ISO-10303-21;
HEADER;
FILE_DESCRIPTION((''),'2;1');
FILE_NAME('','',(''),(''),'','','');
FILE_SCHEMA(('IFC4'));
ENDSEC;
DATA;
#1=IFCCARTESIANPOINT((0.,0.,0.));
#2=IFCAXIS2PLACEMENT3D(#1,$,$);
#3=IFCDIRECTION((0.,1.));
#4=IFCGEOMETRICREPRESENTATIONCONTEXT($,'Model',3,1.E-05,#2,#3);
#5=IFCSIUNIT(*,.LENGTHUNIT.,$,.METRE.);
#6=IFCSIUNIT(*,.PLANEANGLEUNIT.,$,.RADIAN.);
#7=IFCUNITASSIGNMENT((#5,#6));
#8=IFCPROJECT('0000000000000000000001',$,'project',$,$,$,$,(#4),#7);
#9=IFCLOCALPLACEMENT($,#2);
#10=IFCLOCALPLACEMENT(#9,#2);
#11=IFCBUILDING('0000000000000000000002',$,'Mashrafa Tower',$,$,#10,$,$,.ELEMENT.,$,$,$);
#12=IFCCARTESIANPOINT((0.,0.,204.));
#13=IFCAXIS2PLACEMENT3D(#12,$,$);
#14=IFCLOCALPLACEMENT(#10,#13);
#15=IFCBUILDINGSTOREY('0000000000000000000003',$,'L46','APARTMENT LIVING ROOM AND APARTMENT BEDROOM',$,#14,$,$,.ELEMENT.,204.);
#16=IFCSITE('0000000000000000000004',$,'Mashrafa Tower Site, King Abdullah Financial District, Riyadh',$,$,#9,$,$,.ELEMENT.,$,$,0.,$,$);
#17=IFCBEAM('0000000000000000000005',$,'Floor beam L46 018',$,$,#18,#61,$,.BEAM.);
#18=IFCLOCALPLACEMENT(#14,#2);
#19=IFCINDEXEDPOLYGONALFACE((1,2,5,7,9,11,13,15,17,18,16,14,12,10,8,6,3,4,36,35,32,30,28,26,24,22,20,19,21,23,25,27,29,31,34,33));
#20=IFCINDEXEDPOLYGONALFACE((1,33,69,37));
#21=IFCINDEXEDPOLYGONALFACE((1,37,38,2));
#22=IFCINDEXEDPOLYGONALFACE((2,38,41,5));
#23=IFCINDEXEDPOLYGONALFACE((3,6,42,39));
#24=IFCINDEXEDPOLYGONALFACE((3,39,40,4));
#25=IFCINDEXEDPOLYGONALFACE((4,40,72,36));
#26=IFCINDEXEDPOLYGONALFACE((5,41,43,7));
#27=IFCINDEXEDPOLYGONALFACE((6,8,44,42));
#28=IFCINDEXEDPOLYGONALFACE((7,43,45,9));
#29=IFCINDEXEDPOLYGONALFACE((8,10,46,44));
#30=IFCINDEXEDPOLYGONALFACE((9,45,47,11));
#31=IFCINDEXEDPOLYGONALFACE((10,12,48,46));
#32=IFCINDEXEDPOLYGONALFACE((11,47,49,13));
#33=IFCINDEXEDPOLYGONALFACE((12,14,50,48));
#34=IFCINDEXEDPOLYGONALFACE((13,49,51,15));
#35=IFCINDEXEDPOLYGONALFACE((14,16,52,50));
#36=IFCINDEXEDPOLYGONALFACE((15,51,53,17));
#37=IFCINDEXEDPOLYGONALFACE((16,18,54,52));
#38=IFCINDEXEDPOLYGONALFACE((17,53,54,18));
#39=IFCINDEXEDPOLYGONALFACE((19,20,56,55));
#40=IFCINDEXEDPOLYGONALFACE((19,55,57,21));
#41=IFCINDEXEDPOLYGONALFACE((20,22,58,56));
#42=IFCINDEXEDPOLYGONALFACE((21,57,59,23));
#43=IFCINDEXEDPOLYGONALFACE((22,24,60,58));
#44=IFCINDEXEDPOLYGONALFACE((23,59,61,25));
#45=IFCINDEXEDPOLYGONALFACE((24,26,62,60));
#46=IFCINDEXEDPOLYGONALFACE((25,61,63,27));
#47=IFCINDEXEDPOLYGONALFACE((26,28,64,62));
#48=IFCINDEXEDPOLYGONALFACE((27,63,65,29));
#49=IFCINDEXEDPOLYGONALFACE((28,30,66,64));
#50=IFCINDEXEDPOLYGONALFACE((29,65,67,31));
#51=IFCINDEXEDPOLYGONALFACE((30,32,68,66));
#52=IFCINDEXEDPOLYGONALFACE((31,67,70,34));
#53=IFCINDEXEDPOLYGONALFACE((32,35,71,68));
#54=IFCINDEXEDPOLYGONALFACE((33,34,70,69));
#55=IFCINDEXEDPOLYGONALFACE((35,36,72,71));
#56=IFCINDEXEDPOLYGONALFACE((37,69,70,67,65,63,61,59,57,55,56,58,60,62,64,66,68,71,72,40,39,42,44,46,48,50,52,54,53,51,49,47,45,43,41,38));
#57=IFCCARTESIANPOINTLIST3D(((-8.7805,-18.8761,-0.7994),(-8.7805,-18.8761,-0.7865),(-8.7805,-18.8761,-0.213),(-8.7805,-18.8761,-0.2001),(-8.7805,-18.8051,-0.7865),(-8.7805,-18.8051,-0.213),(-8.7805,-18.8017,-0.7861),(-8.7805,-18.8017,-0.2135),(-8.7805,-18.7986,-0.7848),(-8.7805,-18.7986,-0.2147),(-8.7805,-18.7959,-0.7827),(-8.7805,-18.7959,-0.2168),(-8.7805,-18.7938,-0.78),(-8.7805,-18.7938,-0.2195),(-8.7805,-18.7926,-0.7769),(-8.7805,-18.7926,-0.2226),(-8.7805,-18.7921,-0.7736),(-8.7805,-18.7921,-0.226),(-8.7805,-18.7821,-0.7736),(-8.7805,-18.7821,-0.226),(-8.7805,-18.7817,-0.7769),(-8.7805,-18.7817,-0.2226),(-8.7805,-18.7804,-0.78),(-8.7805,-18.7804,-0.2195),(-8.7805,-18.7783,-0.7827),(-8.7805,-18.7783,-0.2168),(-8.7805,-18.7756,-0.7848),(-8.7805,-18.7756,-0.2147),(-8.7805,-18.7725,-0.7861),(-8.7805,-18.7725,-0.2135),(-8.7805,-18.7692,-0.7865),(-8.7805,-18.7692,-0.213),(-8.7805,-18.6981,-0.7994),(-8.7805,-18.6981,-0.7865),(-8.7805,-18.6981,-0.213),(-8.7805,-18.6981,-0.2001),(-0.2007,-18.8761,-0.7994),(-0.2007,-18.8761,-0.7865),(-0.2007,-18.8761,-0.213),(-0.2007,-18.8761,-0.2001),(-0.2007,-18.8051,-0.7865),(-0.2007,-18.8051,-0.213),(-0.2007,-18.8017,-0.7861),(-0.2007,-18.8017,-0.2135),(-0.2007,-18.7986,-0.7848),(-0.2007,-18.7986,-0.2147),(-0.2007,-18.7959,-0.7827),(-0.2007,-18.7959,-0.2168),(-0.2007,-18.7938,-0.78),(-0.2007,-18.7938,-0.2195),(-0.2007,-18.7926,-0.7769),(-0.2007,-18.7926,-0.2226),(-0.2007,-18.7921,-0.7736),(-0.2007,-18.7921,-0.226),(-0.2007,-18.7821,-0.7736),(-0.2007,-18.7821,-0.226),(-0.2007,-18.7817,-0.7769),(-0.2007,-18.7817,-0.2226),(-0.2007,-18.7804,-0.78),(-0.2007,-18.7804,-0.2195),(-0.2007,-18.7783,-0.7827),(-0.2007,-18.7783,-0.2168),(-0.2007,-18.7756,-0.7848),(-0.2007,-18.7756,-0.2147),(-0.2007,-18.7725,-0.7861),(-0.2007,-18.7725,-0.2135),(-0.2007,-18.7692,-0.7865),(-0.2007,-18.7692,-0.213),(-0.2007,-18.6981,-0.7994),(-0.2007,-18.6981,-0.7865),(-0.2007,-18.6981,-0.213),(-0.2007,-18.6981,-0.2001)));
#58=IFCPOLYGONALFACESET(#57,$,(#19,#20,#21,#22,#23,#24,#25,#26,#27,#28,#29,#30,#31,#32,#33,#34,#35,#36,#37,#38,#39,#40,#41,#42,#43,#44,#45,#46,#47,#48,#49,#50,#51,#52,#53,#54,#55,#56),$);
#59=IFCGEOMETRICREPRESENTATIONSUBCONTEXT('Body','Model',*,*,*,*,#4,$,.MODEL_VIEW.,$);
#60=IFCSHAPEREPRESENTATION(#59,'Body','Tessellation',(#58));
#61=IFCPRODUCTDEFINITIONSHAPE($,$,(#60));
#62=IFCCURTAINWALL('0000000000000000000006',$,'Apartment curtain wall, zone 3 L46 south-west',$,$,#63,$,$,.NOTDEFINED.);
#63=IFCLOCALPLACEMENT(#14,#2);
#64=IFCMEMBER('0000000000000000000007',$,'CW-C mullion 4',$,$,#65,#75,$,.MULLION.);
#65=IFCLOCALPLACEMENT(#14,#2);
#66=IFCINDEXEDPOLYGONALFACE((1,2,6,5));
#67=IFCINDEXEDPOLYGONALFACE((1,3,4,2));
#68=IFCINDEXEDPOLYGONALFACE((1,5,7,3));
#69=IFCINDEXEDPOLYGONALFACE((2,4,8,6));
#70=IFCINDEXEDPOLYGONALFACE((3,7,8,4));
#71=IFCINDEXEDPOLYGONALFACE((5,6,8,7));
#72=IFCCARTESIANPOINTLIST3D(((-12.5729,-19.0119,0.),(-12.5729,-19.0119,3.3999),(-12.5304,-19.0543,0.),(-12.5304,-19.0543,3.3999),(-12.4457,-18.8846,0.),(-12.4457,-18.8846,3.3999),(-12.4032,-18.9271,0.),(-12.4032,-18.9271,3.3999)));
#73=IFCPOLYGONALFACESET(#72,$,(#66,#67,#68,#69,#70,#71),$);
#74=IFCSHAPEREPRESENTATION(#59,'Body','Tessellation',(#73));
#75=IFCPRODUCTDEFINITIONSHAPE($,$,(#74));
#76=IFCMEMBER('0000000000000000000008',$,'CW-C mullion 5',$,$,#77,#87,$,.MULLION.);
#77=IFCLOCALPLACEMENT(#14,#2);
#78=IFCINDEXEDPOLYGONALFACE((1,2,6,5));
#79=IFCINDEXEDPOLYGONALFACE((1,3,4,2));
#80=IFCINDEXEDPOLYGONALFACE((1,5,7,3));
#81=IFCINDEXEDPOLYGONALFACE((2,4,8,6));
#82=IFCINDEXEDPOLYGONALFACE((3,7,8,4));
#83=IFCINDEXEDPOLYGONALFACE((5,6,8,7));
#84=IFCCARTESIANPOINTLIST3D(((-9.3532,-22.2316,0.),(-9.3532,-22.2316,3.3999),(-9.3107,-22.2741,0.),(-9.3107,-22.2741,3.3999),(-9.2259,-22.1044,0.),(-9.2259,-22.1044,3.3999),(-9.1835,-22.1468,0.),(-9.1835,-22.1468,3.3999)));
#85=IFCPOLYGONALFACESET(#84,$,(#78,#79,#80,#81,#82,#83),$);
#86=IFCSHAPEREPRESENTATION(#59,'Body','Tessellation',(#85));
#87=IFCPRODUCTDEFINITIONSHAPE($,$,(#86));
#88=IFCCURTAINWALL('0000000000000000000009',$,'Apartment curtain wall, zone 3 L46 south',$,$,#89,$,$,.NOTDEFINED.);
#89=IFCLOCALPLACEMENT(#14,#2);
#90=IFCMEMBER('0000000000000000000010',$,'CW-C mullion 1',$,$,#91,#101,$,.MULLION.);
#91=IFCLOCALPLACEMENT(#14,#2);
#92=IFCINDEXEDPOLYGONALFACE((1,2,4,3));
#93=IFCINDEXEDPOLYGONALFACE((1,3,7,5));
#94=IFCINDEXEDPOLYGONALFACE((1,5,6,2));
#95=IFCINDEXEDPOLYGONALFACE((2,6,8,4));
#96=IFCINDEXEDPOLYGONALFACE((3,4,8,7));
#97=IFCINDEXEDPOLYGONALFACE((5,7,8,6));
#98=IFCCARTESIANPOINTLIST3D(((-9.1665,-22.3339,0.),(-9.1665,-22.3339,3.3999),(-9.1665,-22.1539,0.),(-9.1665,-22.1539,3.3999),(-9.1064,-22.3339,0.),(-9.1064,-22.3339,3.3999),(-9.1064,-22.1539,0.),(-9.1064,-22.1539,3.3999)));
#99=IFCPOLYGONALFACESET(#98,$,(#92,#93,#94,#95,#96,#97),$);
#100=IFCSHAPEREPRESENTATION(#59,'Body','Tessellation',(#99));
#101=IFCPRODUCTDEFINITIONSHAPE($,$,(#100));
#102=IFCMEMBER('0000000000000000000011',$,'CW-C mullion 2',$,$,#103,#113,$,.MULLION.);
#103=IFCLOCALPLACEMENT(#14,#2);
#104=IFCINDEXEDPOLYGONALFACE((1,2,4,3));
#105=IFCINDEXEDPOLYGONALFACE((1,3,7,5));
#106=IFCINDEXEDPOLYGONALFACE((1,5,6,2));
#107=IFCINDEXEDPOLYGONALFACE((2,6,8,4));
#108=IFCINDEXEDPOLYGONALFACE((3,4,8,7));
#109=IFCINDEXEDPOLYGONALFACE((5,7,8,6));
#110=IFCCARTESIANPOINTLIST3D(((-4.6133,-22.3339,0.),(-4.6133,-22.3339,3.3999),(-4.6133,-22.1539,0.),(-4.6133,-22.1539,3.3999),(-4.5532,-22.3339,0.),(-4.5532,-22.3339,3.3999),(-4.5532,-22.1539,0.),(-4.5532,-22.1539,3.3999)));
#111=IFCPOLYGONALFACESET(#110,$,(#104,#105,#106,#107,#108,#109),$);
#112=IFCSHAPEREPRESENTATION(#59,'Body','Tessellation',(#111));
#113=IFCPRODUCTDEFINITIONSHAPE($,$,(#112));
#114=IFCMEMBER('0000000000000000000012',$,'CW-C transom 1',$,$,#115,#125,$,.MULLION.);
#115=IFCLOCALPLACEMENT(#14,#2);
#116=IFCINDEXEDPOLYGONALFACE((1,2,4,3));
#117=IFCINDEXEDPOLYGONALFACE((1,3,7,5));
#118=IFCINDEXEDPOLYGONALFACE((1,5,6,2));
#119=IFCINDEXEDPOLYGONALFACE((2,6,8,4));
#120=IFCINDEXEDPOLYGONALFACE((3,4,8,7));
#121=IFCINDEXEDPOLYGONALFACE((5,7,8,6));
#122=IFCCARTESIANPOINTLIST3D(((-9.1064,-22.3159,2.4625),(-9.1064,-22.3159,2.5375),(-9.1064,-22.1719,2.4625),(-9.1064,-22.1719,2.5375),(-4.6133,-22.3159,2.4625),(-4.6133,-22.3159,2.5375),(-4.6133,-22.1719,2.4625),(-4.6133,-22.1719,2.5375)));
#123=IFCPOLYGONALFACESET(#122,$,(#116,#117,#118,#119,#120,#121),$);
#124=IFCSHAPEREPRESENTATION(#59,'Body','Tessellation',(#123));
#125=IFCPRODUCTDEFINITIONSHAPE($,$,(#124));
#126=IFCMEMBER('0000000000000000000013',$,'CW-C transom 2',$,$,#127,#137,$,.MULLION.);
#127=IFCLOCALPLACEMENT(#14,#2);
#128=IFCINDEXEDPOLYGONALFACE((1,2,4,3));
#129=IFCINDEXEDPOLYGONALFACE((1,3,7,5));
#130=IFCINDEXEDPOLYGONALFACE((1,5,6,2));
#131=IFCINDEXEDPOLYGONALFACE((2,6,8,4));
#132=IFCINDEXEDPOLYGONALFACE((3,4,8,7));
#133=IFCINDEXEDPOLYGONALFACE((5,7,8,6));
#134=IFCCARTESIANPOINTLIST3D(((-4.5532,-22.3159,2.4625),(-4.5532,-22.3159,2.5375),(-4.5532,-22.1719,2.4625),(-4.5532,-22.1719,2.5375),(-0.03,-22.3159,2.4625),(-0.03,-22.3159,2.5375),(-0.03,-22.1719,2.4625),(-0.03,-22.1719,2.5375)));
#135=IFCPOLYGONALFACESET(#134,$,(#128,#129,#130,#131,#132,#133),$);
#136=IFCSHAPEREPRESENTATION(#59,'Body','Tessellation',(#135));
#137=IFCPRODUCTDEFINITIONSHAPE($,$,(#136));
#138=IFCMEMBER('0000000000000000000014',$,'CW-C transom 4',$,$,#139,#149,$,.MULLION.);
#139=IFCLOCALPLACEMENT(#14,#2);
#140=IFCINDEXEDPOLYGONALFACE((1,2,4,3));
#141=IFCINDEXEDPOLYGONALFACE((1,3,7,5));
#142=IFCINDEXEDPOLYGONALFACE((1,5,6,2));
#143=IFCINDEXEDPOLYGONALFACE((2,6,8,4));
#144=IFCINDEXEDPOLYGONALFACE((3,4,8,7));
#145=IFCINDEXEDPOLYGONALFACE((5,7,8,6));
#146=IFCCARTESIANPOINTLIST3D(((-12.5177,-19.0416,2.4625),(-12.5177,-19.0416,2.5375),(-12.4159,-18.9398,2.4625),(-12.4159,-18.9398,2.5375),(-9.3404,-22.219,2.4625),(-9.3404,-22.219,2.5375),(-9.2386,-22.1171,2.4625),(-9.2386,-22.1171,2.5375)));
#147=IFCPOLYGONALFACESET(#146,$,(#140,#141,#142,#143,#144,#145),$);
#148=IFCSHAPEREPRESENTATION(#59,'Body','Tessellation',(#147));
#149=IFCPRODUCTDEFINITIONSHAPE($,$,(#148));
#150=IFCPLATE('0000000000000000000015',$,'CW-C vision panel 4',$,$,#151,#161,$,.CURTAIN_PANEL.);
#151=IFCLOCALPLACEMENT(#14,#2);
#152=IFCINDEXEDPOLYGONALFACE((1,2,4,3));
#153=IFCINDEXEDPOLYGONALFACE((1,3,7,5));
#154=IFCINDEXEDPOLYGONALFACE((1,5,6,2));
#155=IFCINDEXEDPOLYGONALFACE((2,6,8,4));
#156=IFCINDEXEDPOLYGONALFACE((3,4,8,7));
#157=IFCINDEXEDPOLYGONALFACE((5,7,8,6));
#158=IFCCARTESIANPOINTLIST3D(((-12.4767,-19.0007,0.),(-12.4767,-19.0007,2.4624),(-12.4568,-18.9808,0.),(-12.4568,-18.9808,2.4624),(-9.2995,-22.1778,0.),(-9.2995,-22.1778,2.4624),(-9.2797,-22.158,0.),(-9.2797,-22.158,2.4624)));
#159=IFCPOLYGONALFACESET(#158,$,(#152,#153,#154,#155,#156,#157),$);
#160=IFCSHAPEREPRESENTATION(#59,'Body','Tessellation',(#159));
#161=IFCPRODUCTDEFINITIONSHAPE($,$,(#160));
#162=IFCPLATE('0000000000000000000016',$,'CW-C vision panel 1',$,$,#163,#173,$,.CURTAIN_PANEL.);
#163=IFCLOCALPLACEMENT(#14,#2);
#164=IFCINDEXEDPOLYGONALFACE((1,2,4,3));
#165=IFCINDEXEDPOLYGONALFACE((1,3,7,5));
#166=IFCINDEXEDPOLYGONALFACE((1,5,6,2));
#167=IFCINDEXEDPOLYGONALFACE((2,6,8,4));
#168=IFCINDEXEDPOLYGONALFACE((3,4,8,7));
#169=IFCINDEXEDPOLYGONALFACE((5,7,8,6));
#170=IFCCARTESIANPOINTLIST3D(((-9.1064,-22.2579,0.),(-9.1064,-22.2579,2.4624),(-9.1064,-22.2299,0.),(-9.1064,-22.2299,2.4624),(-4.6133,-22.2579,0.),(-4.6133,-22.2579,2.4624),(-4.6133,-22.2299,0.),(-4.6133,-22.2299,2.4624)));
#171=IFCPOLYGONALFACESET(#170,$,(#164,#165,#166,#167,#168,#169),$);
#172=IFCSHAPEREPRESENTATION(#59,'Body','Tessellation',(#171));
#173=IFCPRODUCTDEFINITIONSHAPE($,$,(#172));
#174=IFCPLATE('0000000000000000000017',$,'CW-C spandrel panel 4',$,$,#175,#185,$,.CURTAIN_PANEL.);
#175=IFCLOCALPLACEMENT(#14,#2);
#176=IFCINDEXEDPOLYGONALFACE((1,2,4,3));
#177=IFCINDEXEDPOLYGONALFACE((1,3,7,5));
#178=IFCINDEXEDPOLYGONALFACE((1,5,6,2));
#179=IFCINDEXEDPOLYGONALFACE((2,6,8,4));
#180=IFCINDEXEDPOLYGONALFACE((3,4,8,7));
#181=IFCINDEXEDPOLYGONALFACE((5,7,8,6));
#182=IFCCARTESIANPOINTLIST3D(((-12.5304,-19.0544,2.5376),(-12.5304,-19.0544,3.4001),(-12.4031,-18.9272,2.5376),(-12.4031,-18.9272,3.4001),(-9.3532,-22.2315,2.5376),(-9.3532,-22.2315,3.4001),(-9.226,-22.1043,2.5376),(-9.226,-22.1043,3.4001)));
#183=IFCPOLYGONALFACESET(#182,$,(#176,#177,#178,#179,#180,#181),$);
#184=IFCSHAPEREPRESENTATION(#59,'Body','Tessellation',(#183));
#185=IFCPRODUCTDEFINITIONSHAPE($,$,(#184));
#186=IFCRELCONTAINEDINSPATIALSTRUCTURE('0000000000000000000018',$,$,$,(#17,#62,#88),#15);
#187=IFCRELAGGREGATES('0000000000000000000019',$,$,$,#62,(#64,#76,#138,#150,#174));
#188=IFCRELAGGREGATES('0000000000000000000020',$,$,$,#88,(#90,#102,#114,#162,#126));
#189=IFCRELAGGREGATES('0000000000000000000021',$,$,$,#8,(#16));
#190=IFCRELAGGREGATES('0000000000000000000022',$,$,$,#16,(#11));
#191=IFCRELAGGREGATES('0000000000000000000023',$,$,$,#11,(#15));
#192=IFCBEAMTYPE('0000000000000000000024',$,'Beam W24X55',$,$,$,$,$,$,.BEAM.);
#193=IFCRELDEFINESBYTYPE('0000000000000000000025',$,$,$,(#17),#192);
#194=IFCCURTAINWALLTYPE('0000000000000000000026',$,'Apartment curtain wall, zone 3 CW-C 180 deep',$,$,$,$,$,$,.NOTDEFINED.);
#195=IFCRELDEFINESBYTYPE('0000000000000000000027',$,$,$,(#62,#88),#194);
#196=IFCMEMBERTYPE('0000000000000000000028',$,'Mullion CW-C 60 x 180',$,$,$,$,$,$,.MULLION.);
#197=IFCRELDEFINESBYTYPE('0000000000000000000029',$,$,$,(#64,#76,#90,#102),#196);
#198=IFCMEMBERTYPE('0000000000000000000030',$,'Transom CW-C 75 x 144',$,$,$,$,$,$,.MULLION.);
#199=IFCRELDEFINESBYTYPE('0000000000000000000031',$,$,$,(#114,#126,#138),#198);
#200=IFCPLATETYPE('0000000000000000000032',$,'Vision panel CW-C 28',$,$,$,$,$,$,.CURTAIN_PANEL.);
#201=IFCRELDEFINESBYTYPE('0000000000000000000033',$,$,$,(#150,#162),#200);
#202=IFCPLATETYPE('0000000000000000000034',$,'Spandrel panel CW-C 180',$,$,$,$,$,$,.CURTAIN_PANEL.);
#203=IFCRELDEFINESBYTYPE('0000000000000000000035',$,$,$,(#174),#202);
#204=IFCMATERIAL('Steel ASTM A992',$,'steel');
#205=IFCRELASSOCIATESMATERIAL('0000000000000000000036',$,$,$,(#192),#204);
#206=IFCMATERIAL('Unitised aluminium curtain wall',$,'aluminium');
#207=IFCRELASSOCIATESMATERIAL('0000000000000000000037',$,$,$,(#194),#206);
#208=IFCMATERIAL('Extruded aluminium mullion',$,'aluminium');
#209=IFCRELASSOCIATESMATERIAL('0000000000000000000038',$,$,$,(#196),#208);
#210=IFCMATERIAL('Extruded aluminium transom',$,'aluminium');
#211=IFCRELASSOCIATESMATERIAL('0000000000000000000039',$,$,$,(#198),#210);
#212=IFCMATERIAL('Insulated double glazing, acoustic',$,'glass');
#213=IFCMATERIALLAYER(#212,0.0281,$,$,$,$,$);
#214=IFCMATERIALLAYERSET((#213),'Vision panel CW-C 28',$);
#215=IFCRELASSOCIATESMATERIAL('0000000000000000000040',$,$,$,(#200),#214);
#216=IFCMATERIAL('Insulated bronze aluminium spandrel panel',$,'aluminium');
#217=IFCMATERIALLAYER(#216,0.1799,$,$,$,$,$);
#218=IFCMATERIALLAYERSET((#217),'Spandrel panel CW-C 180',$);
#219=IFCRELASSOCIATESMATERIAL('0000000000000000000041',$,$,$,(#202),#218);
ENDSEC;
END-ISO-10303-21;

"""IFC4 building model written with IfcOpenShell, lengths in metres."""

from ifc_helpers import new_model, si_unit, direction, frame, origin, origin_2d, place, context, subcontext, project, spatial, rectangle, i_section, extrude, source, transform, mapped, material, layer, layer_set, material_profile, profile_set, type_object, type_shapes, element, aggregate, save


model = new_model("IFC4")

# Units and contexts
model_context = context("Model", 3, precision=1e-05, world=origin(), true_north=direction((0.0, 1.0)))
body_context = subcontext(model_context, "Body", "Model", "MODEL_VIEW")
ifc_project = project(units=[si_unit("LENGTHUNIT", "METRE"), si_unit("PLANEANGLEUNIT", "RADIAN")], contexts=[model_context])

# Site, building, storey
site_placement = place(None, origin())
site = spatial("IfcSite", under=ifc_project, at=site_placement, Name="Mashrafa Tower Site, King Abdullah Financial District, Riyadh", CompositionType="ELEMENT", RefElevation=0.0)
building_placement = place(site_placement, origin())
building = spatial("IfcBuilding", under=site, at=building_placement, Name="Mashrafa Tower", CompositionType="ELEMENT")
storey_placement = place(building_placement, frame((0.0, 0.0, 204.0)))
storey = spatial("IfcBuildingStorey", under=building, at=storey_placement, Name="L46", Description="APARTMENT LIVING ROOM AND APARTMENT BEDROOM", CompositionType="ELEMENT", Elevation=204.0)

# Beam
ifc_material_1 = material(Name="Steel ASTM A992", Category="steel")
ifc_material_profile_1 = material_profile(ifc_material_1, i_section(OverallWidth=0.178, OverallDepth=0.5994, WebThickness=0.01, FlangeThickness=0.0129, FilletRadius=0.0129, at=origin_2d()), Name="W24X55")
ifc_profile_set_1 = profile_set([ifc_material_profile_1], Name="Steel ASTM A992")
beam_type_1 = type_object("IfcBeamType", Name="Beam W24X55", PredefinedType="BEAM", material=ifc_profile_set_1)
beam_1_placement = place(storey_placement, frame((-0.2007, -18.7871, -0.4998), z_axis=(-1.0, 0.0, 0.0), x_axis=(0.0, -1.0, 0.0)))
element("IfcBeam", 1, at=beam_1_placement, inside=storey, type_object=beam_type_1, Name="Floor beam L46 018", PredefinedType="BEAM", context=body_context, shape_type="SweptSolid", body=[
    extrude(i_section(OverallWidth=0.178, OverallDepth=0.5994, WebThickness=0.01, FlangeThickness=0.0129, FilletRadius=0.0129, at=origin_2d()), origin(), (0.0, 0.0, 1.0), 8.5798),
])

# Curtain walls, members
ifc_material_2 = material(Name="Unitised aluminium curtain wall", Category="aluminium")
curtain_wall_type = type_object("IfcCurtainWallType", Name="Apartment curtain wall, zone 3 CW-C 180 deep", PredefinedType="NOTDEFINED", material=ifc_material_2)
curtain_wall_1_placement = place(storey_placement, origin())
curtain_wall_1 = element("IfcCurtainWall", 2, at=curtain_wall_1_placement, inside=storey, type_object=curtain_wall_type, Name="Apartment curtain wall, zone 3 L46 south-west", PredefinedType="NOTDEFINED")
ifc_material_3 = material(Name="Extruded aluminium mullion", Category="aluminium")
ifc_material_profile_2 = material_profile(ifc_material_3, rectangle(XDim=0.1799, YDim=0.0601, at=origin_2d()), Name="Mullion 60x180")
ifc_profile_set_2 = profile_set([ifc_material_profile_2], Name="Extruded aluminium mullion")
member_type_1 = type_object("IfcMemberType", Name="Mullion CW-C 60 x 180", PredefinedType="MULLION", material=ifc_profile_set_2)
shared_shape_1 = source(origin(), body_context, "Body", "SweptSolid", [
    extrude(rectangle(XDim=0.1799, YDim=0.0601, at=origin_2d()), origin(), (0.0, 0.0, 1.0), 3.3999),
])
type_shapes(member_type_1, [shared_shape_1])
member_1_placement = place(storey_placement, frame((-12.488, -18.9695, 0.0), z_axis=(0.0, 0.0, 1.0), x_axis=(0.707107, 0.707107, 0.0)))
member_1 = element("IfcMember", 3, at=member_1_placement, type_object=member_type_1, Name="CW-C mullion 4", PredefinedType="MULLION", context=body_context, shape_type="MappedRepresentation", body=[
    mapped(shared_shape_1, transform((0.0, 0.0, 0.0))),
])
member_2_placement = place(storey_placement, frame((-9.2683, -22.1892, 0.0), z_axis=(0.0, 0.0, 1.0), x_axis=(0.707107, 0.707107, 0.0)))
member_2 = element("IfcMember", 4, at=member_2_placement, type_object=member_type_1, Name="CW-C mullion 5", PredefinedType="MULLION", context=body_context, shape_type="MappedRepresentation", body=[
    mapped(shared_shape_1, transform((0.0, 0.0, 0.0))),
])
curtain_wall_2_placement = place(storey_placement, origin())
curtain_wall_2 = element("IfcCurtainWall", 5, at=curtain_wall_2_placement, inside=storey, type_object=curtain_wall_type, Name="Apartment curtain wall, zone 3 L46 south", PredefinedType="NOTDEFINED")
member_3_placement = place(storey_placement, frame((-9.1365, -22.2439, 0.0), z_axis=(0.0, 0.0, 1.0), x_axis=(0.0, 1.0, 0.0)))
member_3 = element("IfcMember", 6, at=member_3_placement, type_object=member_type_1, Name="CW-C mullion 1", PredefinedType="MULLION", context=body_context, shape_type="MappedRepresentation", body=[
    mapped(shared_shape_1, transform((0.0, 0.0, 0.0))),
])
member_4_placement = place(storey_placement, frame((-4.5833, -22.2439, 0.0), z_axis=(0.0, 0.0, 1.0), x_axis=(0.0, 1.0, 0.0)))
member_4 = element("IfcMember", 7, at=member_4_placement, type_object=member_type_1, Name="CW-C mullion 2", PredefinedType="MULLION", context=body_context, shape_type="MappedRepresentation", body=[
    mapped(shared_shape_1, transform((0.0, 0.0, 0.0))),
])
ifc_material_4 = material(Name="Extruded aluminium transom", Category="aluminium")
ifc_material_profile_3 = material_profile(ifc_material_4, rectangle(XDim=0.144, YDim=0.075, at=origin_2d()), Name="Transom 75x144")
ifc_profile_set_3 = profile_set([ifc_material_profile_3], Name="Extruded aluminium transom")
member_type_2 = type_object("IfcMemberType", Name="Transom CW-C 75 x 144", PredefinedType="MULLION", material=ifc_profile_set_3)
shared_shape_2 = source(origin(), body_context, "Body", "SweptSolid", [
    extrude(rectangle(XDim=0.144, YDim=0.075, at=origin_2d()), origin(), (0.0, 0.0, 1.0), 4.4932),
])
member_5_placement = place(storey_placement, frame((-9.1064, -22.2439, 2.5), z_axis=(1.0, 0.0, 0.0), x_axis=(0.0, 1.0, 0.0)))
member_5 = element("IfcMember", 8, at=member_5_placement, type_object=member_type_2, Name="CW-C transom 1", PredefinedType="MULLION", context=body_context, shape_type="MappedRepresentation", body=[
    mapped(shared_shape_2, transform((0.0, 0.0, 0.0))),
])
shared_shape_3 = source(origin(), body_context, "Body", "SweptSolid", [
    extrude(rectangle(XDim=0.144, YDim=0.075, at=origin_2d()), origin(), (0.0, 0.0, 1.0), 4.5232),
])
member_6_placement = place(storey_placement, frame((-4.5532, -22.2439, 2.5), z_axis=(1.0, 0.0, 0.0), x_axis=(0.0, 1.0, 0.0)))
member_6 = element("IfcMember", 9, at=member_6_placement, type_object=member_type_2, Name="CW-C transom 2", PredefinedType="MULLION", context=body_context, shape_type="MappedRepresentation", body=[
    mapped(shared_shape_3, transform((0.0, 0.0, 0.0))),
])

# Member
shared_shape_4 = source(origin(), body_context, "Body", "SweptSolid", [
    extrude(rectangle(XDim=0.144, YDim=0.075, at=origin_2d()), origin(), (0.0, 0.0, 1.0), 4.4934),
])
type_shapes(member_type_2, [shared_shape_2, shared_shape_3, shared_shape_4])
member_7_placement = place(storey_placement, frame((-12.4668, -18.9907, 2.5), z_axis=(0.707107, -0.707107, 0.0), x_axis=(0.707107, 0.707107, 0.0)))
member_7 = element("IfcMember", 10, at=member_7_placement, type_object=member_type_2, Name="CW-C transom 4", PredefinedType="MULLION", context=body_context, shape_type="MappedRepresentation", body=[
    mapped(shared_shape_4, transform((0.0, 0.0, 0.0))),
])

# Plates
ifc_material_5 = material(Name="Insulated double glazing, acoustic", Category="glass")
ifc_layer_1 = layer(ifc_material_5, 0.0281)
ifc_layer_set_1 = layer_set([ifc_layer_1], Name="Vision panel CW-C 28")
plate_type_1 = type_object("IfcPlateType", Name="Vision panel CW-C 28", PredefinedType="CURTAIN_PANEL", material=ifc_layer_set_1)
shared_shape_5 = source(origin(), body_context, "Body", "SweptSolid", [
    extrude(rectangle(XDim=4.4932, YDim=0.0281, at=origin_2d()), origin(), (0.0, 0.0, 1.0), 2.4624),
])
plate_1_placement = place(storey_placement, frame((-10.8782, -20.5793, 0.0), z_axis=(0.0, 0.0, 1.0), x_axis=(0.707107, -0.707107, 0.0)))
plate_1 = element("IfcPlate", 11, at=plate_1_placement, type_object=plate_type_1, Name="CW-C vision panel 4", PredefinedType="CURTAIN_PANEL", context=body_context, shape_type="MappedRepresentation", body=[
    mapped(shared_shape_5, transform((0.0, 0.0, 0.0))),
])
plate_2_placement = place(storey_placement, frame((-6.8599, -22.2439, 0.0), z_axis=(0.0, 0.0, 1.0), x_axis=(1.0, 0.0, 0.0)))
plate_2 = element("IfcPlate", 12, at=plate_2_placement, type_object=plate_type_1, Name="CW-C vision panel 1", PredefinedType="CURTAIN_PANEL", context=body_context, shape_type="MappedRepresentation", body=[
    mapped(shared_shape_5, transform((0.0, 0.0, 0.0))),
])
ifc_material_6 = material(Name="Insulated bronze aluminium spandrel panel", Category="aluminium")
ifc_layer_2 = layer(ifc_material_6, 0.1799)
ifc_layer_set_2 = layer_set([ifc_layer_2], Name="Spandrel panel CW-C 180")
plate_type_2 = type_object("IfcPlateType", Name="Spandrel panel CW-C 180", PredefinedType="CURTAIN_PANEL", material=ifc_layer_set_2)
shared_shape_6 = source(origin(), body_context, "Body", "SweptSolid", [
    extrude(rectangle(XDim=4.4932, YDim=0.1799, at=origin_2d()), origin(), (0.0, 0.0, 1.0), 0.8625),
])
plate_3_placement = place(storey_placement, frame((-10.8782, -20.5793, 2.5376), z_axis=(0.0, 0.0, 1.0), x_axis=(0.707107, -0.707107, 0.0)))
plate_3 = element("IfcPlate", 13, at=plate_3_placement, type_object=plate_type_2, Name="CW-C spandrel panel 4", PredefinedType="CURTAIN_PANEL", context=body_context, shape_type="MappedRepresentation", body=[
    mapped(shared_shape_6, transform((0.0, 0.0, 0.0))),
])
aggregate(curtain_wall_1, [member_1, member_2, member_7, plate_1, plate_3])
aggregate(curtain_wall_2, [member_3, member_4, member_5, plate_2, member_6])

save(model, "model.ifc")
